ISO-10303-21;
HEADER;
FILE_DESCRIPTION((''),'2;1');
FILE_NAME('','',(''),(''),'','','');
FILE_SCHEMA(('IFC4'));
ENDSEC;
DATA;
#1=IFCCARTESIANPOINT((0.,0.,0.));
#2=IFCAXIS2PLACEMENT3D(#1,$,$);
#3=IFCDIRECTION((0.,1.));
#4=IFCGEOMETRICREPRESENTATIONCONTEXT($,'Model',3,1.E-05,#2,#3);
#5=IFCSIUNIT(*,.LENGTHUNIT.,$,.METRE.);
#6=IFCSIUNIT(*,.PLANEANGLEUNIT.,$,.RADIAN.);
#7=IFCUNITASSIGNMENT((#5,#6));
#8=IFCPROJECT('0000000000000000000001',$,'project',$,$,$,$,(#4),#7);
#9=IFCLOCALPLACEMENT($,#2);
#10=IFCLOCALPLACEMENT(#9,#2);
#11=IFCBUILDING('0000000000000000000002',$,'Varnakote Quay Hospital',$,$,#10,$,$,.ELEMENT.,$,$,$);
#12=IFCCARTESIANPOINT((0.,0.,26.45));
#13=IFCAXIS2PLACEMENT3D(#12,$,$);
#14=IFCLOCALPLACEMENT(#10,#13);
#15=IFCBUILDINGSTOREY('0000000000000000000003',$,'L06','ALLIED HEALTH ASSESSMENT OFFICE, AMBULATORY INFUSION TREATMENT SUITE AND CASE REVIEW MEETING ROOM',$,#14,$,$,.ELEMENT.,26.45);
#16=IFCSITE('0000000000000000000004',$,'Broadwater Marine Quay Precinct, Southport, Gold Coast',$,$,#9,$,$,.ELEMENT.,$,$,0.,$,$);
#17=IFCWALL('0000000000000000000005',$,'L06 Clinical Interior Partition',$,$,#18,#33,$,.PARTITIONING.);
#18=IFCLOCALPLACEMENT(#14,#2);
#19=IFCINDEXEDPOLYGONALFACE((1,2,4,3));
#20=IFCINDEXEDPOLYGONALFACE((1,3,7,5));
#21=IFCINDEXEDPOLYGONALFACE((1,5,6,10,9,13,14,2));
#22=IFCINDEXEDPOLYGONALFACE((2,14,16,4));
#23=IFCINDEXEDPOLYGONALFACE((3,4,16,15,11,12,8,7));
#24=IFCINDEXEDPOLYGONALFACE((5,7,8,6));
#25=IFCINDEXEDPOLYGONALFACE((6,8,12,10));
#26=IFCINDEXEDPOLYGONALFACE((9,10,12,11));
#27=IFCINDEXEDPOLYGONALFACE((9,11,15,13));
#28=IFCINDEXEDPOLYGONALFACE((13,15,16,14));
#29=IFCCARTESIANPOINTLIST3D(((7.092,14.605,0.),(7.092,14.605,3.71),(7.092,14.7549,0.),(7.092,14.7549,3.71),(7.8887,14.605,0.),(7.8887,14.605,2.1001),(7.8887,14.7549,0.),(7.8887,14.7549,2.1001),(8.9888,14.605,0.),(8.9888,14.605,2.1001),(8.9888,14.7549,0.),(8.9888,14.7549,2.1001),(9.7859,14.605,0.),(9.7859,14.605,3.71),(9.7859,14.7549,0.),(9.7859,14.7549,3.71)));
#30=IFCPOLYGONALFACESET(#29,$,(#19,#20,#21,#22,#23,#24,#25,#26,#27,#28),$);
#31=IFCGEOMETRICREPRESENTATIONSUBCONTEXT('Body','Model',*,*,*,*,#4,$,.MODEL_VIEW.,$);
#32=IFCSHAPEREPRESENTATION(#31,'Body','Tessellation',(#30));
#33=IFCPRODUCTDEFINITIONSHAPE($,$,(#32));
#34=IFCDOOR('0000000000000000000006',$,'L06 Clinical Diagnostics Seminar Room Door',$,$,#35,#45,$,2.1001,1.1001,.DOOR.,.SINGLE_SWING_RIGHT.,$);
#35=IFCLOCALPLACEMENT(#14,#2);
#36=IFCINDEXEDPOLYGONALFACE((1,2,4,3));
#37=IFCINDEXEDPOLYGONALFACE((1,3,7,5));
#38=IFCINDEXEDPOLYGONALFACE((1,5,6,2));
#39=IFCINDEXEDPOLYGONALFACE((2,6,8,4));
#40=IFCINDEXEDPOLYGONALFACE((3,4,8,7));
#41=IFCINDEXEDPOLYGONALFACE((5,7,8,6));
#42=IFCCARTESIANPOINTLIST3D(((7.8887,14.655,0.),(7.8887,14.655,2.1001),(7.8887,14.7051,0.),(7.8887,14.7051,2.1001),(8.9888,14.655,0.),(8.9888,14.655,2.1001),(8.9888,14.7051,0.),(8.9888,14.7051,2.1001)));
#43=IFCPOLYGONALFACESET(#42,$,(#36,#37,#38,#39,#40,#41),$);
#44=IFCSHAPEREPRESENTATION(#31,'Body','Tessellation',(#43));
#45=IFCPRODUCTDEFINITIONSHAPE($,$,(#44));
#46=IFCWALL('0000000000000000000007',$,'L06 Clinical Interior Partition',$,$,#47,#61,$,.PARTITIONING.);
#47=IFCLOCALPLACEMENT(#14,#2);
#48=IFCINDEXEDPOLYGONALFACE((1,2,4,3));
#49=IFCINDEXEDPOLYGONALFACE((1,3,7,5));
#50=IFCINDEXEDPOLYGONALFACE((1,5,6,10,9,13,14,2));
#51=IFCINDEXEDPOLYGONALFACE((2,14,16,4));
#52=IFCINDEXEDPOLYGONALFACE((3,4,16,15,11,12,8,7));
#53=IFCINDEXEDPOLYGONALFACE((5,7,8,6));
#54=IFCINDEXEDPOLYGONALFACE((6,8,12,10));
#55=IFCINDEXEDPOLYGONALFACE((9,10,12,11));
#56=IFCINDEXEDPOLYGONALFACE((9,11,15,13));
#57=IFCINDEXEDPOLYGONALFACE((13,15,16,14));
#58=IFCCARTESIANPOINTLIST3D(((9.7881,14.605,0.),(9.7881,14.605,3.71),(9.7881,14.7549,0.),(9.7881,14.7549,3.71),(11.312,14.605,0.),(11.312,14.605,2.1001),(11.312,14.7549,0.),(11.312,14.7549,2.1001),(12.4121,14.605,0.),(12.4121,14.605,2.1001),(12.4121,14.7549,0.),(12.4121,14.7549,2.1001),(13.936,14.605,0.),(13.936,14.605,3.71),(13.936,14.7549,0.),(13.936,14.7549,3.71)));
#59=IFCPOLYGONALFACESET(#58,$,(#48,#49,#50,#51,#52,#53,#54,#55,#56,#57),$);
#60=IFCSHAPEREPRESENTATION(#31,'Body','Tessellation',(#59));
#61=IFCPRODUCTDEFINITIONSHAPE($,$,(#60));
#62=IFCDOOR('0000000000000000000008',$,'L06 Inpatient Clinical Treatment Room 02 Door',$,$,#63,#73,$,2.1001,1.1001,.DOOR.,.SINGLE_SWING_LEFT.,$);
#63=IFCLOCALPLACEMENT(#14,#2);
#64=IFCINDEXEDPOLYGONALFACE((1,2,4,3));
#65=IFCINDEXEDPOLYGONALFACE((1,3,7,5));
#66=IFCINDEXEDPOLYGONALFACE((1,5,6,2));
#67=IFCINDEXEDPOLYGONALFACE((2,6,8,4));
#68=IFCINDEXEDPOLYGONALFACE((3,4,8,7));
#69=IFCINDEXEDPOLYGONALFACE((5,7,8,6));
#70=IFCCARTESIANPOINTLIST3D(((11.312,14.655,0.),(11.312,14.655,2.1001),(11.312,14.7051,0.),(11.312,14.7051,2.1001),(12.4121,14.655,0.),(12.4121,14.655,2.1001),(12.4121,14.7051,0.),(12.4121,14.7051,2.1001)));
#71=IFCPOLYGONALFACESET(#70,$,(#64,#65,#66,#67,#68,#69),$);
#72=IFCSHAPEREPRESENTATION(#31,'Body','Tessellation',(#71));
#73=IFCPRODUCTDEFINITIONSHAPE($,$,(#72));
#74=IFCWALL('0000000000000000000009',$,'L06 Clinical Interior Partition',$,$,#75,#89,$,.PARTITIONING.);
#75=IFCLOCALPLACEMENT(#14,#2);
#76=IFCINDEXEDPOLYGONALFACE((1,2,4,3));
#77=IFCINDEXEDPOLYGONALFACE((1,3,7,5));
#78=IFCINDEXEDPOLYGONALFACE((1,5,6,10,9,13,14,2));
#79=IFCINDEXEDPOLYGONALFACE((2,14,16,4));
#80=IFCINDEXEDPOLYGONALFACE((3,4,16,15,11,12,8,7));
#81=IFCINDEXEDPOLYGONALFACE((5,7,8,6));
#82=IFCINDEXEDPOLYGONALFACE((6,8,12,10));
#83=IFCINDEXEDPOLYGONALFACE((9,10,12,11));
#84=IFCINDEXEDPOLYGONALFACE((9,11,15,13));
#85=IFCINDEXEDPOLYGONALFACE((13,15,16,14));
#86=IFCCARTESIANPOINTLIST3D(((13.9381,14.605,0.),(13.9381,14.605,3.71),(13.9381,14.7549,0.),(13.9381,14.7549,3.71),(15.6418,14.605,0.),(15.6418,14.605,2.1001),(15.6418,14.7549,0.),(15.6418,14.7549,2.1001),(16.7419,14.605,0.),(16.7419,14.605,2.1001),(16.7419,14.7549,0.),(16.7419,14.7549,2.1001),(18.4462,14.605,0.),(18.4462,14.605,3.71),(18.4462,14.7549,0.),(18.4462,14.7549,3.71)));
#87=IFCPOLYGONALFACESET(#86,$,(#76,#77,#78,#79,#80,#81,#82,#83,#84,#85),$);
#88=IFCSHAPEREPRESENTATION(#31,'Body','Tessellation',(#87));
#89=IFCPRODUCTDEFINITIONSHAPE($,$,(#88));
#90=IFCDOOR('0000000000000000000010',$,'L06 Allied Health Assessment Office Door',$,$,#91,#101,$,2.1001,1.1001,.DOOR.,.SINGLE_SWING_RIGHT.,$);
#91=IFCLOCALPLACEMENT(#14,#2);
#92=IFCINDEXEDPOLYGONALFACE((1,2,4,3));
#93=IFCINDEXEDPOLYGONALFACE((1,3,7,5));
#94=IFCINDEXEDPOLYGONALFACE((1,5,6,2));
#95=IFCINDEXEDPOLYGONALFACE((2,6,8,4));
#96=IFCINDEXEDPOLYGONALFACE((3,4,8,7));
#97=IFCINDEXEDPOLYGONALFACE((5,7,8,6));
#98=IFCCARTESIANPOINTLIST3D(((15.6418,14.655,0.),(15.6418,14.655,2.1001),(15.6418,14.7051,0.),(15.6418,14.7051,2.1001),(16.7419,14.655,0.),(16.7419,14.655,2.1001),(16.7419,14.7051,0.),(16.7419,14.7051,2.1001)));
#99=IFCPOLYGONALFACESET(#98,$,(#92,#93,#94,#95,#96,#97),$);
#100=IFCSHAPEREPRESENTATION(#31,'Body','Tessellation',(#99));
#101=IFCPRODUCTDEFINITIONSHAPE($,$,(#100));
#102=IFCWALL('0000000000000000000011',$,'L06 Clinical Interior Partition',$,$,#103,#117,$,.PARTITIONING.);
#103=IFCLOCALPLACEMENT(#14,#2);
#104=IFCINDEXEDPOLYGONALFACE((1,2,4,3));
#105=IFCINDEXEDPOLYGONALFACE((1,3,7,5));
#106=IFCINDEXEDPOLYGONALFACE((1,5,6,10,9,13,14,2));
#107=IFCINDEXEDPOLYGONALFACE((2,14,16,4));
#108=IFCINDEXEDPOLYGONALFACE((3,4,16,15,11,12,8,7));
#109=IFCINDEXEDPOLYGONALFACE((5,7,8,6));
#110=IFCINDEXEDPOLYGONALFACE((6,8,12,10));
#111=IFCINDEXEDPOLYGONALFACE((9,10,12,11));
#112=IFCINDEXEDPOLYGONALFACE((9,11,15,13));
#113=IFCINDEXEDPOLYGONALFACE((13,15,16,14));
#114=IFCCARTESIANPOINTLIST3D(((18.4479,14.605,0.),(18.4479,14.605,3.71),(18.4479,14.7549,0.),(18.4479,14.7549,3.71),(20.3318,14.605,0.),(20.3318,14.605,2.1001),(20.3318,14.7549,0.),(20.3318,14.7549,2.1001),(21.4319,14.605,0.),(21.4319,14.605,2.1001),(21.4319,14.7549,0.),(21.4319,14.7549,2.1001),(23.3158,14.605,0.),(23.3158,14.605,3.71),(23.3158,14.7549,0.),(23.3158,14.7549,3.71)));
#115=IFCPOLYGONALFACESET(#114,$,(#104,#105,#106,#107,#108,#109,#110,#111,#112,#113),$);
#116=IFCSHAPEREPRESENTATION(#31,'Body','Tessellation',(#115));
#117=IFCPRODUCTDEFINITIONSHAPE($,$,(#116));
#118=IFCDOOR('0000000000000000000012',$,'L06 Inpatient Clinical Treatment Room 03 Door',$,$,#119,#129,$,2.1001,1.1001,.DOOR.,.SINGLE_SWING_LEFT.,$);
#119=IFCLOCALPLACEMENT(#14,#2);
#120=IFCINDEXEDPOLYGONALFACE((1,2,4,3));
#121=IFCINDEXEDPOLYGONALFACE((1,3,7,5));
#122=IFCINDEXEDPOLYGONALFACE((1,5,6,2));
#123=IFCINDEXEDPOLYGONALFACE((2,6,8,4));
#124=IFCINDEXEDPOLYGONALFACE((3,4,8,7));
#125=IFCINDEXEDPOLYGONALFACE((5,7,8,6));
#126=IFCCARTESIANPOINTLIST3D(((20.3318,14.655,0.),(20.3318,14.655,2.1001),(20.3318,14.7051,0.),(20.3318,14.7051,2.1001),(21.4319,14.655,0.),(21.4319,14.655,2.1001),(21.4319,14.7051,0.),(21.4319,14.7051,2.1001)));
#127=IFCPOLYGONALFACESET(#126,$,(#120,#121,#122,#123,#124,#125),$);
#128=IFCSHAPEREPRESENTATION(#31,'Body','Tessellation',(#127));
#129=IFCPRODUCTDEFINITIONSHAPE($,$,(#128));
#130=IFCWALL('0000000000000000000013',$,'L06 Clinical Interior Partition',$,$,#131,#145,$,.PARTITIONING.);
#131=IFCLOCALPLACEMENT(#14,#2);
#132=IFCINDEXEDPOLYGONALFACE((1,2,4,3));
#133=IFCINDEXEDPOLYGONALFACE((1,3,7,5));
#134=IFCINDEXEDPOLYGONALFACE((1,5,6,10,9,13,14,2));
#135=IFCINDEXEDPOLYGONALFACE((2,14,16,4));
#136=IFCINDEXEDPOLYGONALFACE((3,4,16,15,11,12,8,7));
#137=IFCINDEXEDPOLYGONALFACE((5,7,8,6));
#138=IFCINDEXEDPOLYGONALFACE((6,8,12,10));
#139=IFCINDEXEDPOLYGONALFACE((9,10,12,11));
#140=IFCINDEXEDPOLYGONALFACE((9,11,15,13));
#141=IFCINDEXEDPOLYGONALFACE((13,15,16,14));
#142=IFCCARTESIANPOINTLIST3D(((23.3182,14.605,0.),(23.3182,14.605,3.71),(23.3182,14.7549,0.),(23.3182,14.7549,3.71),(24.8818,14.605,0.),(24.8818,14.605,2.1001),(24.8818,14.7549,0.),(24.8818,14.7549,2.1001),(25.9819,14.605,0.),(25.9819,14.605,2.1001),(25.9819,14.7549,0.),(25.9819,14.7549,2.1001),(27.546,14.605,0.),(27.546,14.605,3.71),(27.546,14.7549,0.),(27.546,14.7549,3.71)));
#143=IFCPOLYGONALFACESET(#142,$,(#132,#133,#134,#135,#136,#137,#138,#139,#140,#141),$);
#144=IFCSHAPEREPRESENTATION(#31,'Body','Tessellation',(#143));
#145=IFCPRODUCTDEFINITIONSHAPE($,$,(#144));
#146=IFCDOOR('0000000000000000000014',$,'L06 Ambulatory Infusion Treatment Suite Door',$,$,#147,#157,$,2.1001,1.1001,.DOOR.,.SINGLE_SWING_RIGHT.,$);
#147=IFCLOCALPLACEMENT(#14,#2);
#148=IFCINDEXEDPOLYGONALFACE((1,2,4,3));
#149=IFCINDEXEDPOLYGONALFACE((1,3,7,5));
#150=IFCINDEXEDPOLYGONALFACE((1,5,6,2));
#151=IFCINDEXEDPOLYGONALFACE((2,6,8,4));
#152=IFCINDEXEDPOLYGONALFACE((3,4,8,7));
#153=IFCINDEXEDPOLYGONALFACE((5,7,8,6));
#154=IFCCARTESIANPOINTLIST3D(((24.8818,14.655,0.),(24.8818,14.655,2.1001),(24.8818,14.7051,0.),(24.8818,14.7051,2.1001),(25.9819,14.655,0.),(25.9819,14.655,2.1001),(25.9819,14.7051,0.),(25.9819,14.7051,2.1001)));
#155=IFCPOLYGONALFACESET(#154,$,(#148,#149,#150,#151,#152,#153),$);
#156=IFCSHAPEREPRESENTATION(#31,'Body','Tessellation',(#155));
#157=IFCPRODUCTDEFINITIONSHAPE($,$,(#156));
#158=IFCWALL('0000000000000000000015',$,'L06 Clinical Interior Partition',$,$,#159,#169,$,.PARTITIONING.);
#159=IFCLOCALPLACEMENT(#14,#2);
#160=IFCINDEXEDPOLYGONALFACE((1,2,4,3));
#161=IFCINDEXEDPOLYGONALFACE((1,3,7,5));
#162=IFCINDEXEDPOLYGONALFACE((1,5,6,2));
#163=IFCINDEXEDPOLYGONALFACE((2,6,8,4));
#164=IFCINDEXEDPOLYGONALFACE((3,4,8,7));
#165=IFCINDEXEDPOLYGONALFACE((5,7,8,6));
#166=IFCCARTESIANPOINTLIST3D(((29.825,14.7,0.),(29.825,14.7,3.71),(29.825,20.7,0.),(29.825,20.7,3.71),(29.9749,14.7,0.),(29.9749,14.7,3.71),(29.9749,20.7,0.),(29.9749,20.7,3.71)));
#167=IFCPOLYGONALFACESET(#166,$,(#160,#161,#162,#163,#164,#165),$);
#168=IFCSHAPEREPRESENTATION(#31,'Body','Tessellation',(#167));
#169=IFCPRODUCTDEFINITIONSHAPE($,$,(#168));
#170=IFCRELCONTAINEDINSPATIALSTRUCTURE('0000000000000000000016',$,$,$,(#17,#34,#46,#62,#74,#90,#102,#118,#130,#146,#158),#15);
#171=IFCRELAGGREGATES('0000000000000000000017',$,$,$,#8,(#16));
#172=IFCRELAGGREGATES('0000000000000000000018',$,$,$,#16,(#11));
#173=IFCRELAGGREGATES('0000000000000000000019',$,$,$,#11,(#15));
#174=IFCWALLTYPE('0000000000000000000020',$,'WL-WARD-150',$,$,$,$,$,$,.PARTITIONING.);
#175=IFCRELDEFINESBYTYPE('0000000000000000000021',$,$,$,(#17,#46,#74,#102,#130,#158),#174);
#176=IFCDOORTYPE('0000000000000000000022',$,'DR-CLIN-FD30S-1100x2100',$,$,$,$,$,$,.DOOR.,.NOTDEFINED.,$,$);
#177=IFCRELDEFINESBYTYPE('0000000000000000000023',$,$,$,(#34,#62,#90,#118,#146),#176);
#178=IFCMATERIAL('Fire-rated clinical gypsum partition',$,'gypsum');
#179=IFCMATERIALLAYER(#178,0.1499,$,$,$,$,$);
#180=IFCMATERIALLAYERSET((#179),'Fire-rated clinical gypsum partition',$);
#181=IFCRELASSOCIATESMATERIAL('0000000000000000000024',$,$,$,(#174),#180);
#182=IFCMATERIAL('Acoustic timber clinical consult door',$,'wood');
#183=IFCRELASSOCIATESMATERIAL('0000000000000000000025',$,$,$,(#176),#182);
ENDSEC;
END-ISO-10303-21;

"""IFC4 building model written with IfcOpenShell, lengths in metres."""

from ifc_helpers import new_model, si_unit, direction, frame, frame_2d, origin, place, context, subcontext, project, spatial, rectangle, extrude, material, layer, layer_set, type_object, element, fill, save


model = new_model("IFC4")

# Units and contexts
model_context = context("Model", 3, precision=1e-05, world=origin(), true_north=direction((0.0, 1.0)))
body_context = subcontext(model_context, "Body", "Model", "MODEL_VIEW")
ifc_project = project(units=[si_unit("LENGTHUNIT", "METRE"), si_unit("PLANEANGLEUNIT", "RADIAN")], contexts=[model_context])

# Site, building, storey
site_placement = place(None, origin())
site = spatial("IfcSite", under=ifc_project, at=site_placement, Name="Broadwater Marine Quay Precinct, Southport, Gold Coast", CompositionType="ELEMENT", RefElevation=0.0)
building_placement = place(site_placement, origin())
building = spatial("IfcBuilding", under=site, at=building_placement, Name="Varnakote Quay Hospital", CompositionType="ELEMENT")
storey_placement = place(building_placement, frame((0.0, 0.0, 26.45)))
storey = spatial("IfcBuildingStorey", under=building, at=storey_placement, Name="L06", Description="ALLIED HEALTH ASSESSMENT OFFICE, AMBULATORY INFUSION TREATMENT SUITE AND CASE REVIEW MEETING ROOM", CompositionType="ELEMENT", Elevation=26.45)

# Walls, openings, doors
ifc_material_1 = material(Name="Fire-rated clinical gypsum partition", Category="gypsum")
ifc_layer_1 = layer(ifc_material_1, 0.1499)
ifc_layer_set_1 = layer_set([ifc_layer_1], Name="Fire-rated clinical gypsum partition")
wall_type_1 = type_object("IfcWallType", Name="WL-WARD-150", PredefinedType="PARTITIONING", material=ifc_layer_set_1)
wall_1_placement = place(storey_placement, frame((9.7859, 14.6799, 0.0), z_axis=(0.0, 0.0, 1.0), x_axis=(-1.0, 0.0, 0.0)))
wall_1 = element("IfcWall", 1, at=wall_1_placement, inside=storey, type_object=wall_type_1, Name="L06 Clinical Interior Partition", PredefinedType="PARTITIONING", context=body_context, shape_type="SweptSolid", body=[
    extrude(rectangle(XDim=2.6938, YDim=0.1499, at=frame_2d((1.3469, 0.0))), origin(), (0.0, 0.0, 1.0), 3.71),
])
opening_1_placement = place(wall_1_placement, frame((0.7971, 0.0, 0.0)))
opening_1 = element("IfcOpeningElement", 2, at=opening_1_placement, cuts=wall_1, PredefinedType="OPENING", context=body_context, shape_type="SweptSolid", body=[
    extrude(rectangle(XDim=1.1001, YDim=2.1001, at=frame_2d((0.55, 1.05))), frame((0.0, 0.085, 0.0), z_axis=(0.0, -1.0, 0.0), x_axis=(1.0, 0.0, 0.0)), (0.0, 0.0, 1.0), 0.1699),
])
ifc_material_2 = material(Name="Acoustic timber clinical consult door", Category="wood")
door_type_1 = type_object("IfcDoorType", Name="DR-CLIN-FD30S-1100x2100", OperationType="NOTDEFINED", PredefinedType="DOOR", material=ifc_material_2)
door_1_placement = place(opening_1_placement, origin())
door_1 = element("IfcDoor", 3, at=door_1_placement, inside=storey, type_object=door_type_1, Name="L06 Clinical Diagnostics Seminar Room Door", OperationType="SINGLE_SWING_RIGHT", OverallHeight=2.1001, OverallWidth=1.1001, PredefinedType="DOOR", context=body_context, shape_type="SweptSolid", body=[
    extrude(rectangle(XDim=1.1001, YDim=2.1001, at=frame_2d((0.55, 1.05))), frame((0.0, 0.0249, 0.0), z_axis=(0.0, -1.0, 0.0), x_axis=(1.0, 0.0, 0.0)), (0.0, 0.0, 1.0), 0.05),
])
fill(opening_1, door_1)
wall_2_placement = place(storey_placement, frame((13.936, 14.6799, 0.0), z_axis=(0.0, 0.0, 1.0), x_axis=(-1.0, 0.0, 0.0)))
wall_2 = element("IfcWall", 4, at=wall_2_placement, inside=storey, type_object=wall_type_1, Name="L06 Clinical Interior Partition", PredefinedType="PARTITIONING", context=body_context, shape_type="SweptSolid", body=[
    extrude(rectangle(XDim=4.1479, YDim=0.1499, at=frame_2d((2.074, 0.0))), origin(), (0.0, 0.0, 1.0), 3.71),
])
opening_2_placement = place(wall_2_placement, frame((1.5239, 0.0, 0.0)))
opening_2 = element("IfcOpeningElement", 5, at=opening_2_placement, cuts=wall_2, PredefinedType="OPENING", context=body_context, shape_type="SweptSolid", body=[
    extrude(rectangle(XDim=1.1001, YDim=2.1001, at=frame_2d((0.55, 1.05))), frame((0.0, 0.085, 0.0), z_axis=(0.0, -1.0, 0.0), x_axis=(1.0, 0.0, 0.0)), (0.0, 0.0, 1.0), 0.1699),
])
door_2_placement = place(opening_2_placement, origin())
door_2 = element("IfcDoor", 6, at=door_2_placement, inside=storey, type_object=door_type_1, Name="L06 Inpatient Clinical Treatment Room 02 Door", OperationType="SINGLE_SWING_LEFT", OverallHeight=2.1001, OverallWidth=1.1001, PredefinedType="DOOR", context=body_context, shape_type="SweptSolid", body=[
    extrude(rectangle(XDim=1.1001, YDim=2.1001, at=frame_2d((0.55, 1.05))), frame((0.0, 0.0249, 0.0), z_axis=(0.0, -1.0, 0.0), x_axis=(1.0, 0.0, 0.0)), (0.0, 0.0, 1.0), 0.05),
])
fill(opening_2, door_2)
wall_3_placement = place(storey_placement, frame((18.446, 14.6799, 0.0), z_axis=(0.0, 0.0, 1.0), x_axis=(-1.0, 0.0, 0.0)))
wall_3 = element("IfcWall", 7, at=wall_3_placement, inside=storey, type_object=wall_type_1, Name="L06 Clinical Interior Partition", PredefinedType="PARTITIONING", context=body_context, shape_type="SweptSolid", body=[
    extrude(rectangle(XDim=4.5081, YDim=0.1499, at=frame_2d((2.2539, 0.0))), origin(), (0.0, 0.0, 1.0), 3.71),
])
opening_3_placement = place(wall_3_placement, frame((1.7041, 0.0, 0.0)))
opening_3 = element("IfcOpeningElement", 8, at=opening_3_placement, cuts=wall_3, PredefinedType="OPENING", context=body_context, shape_type="SweptSolid", body=[
    extrude(rectangle(XDim=1.1001, YDim=2.1001, at=frame_2d((0.55, 1.05))), frame((0.0, 0.085, 0.0), z_axis=(0.0, -1.0, 0.0), x_axis=(1.0, 0.0, 0.0)), (0.0, 0.0, 1.0), 0.1699),
])
door_3_placement = place(opening_3_placement, origin())
door_3 = element("IfcDoor", 9, at=door_3_placement, inside=storey, type_object=door_type_1, Name="L06 Allied Health Assessment Office Door", OperationType="SINGLE_SWING_RIGHT", OverallHeight=2.1001, OverallWidth=1.1001, PredefinedType="DOOR", context=body_context, shape_type="SweptSolid", body=[
    extrude(rectangle(XDim=1.1001, YDim=2.1001, at=frame_2d((0.55, 1.05))), frame((0.0, 0.0249, 0.0), z_axis=(0.0, -1.0, 0.0), x_axis=(1.0, 0.0, 0.0)), (0.0, 0.0, 1.0), 0.05),
])
fill(opening_3, door_3)
wall_4_placement = place(storey_placement, frame((23.3159, 14.6799, 0.0), z_axis=(0.0, 0.0, 1.0), x_axis=(-1.0, 0.0, 0.0)))
wall_4 = element("IfcWall", 10, at=wall_4_placement, inside=storey, type_object=wall_type_1, Name="L06 Clinical Interior Partition", PredefinedType="PARTITIONING", context=body_context, shape_type="SweptSolid", body=[
    extrude(rectangle(XDim=4.8679, YDim=0.1499, at=frame_2d((2.4341, 0.0))), origin(), (0.0, 0.0, 1.0), 3.71),
])
opening_4_placement = place(wall_4_placement, frame((1.884, 0.0, 0.0)))
opening_4 = element("IfcOpeningElement", 11, at=opening_4_placement, cuts=wall_4, PredefinedType="OPENING", context=body_context, shape_type="SweptSolid", body=[
    extrude(rectangle(XDim=1.1001, YDim=2.1001, at=frame_2d((0.55, 1.05))), frame((0.0, 0.085, 0.0), z_axis=(0.0, -1.0, 0.0), x_axis=(1.0, 0.0, 0.0)), (0.0, 0.0, 1.0), 0.1699),
])
door_4_placement = place(opening_4_placement, origin())
door_4 = element("IfcDoor", 12, at=door_4_placement, inside=storey, type_object=door_type_1, Name="L06 Inpatient Clinical Treatment Room 03 Door", OperationType="SINGLE_SWING_LEFT", OverallHeight=2.1001, OverallWidth=1.1001, PredefinedType="DOOR", context=body_context, shape_type="SweptSolid", body=[
    extrude(rectangle(XDim=1.1001, YDim=2.1001, at=frame_2d((0.55, 1.05))), frame((0.0, 0.0249, 0.0), z_axis=(0.0, -1.0, 0.0), x_axis=(1.0, 0.0, 0.0)), (0.0, 0.0, 1.0), 0.05),
])
fill(opening_4, door_4)
wall_5_placement = place(storey_placement, frame((27.5459, 14.6799, 0.0), z_axis=(0.0, 0.0, 1.0), x_axis=(-1.0, 0.0, 0.0)))
wall_5 = element("IfcWall", 13, at=wall_5_placement, inside=storey, type_object=wall_type_1, Name="L06 Clinical Interior Partition", PredefinedType="PARTITIONING", context=body_context, shape_type="SweptSolid", body=[
    extrude(rectangle(XDim=4.2278, YDim=0.1499, at=frame_2d((2.1138, 0.0))), origin(), (0.0, 0.0, 1.0), 3.71),
])
opening_5_placement = place(wall_5_placement, frame((1.564, 0.0, 0.0)))
opening_5 = element("IfcOpeningElement", 14, at=opening_5_placement, cuts=wall_5, PredefinedType="OPENING", context=body_context, shape_type="SweptSolid", body=[
    extrude(rectangle(XDim=1.1001, YDim=2.1001, at=frame_2d((0.55, 1.05))), frame((0.0, 0.085, 0.0), z_axis=(0.0, -1.0, 0.0), x_axis=(1.0, 0.0, 0.0)), (0.0, 0.0, 1.0), 0.1699),
])
door_5_placement = place(opening_5_placement, origin())
door_5 = element("IfcDoor", 15, at=door_5_placement, inside=storey, type_object=door_type_1, Name="L06 Ambulatory Infusion Treatment Suite Door", OperationType="SINGLE_SWING_RIGHT", OverallHeight=2.1001, OverallWidth=1.1001, PredefinedType="DOOR", context=body_context, shape_type="SweptSolid", body=[
    extrude(rectangle(XDim=1.1001, YDim=2.1001, at=frame_2d((0.55, 1.05))), frame((0.0, 0.0249, 0.0), z_axis=(0.0, -1.0, 0.0), x_axis=(1.0, 0.0, 0.0)), (0.0, 0.0, 1.0), 0.05),
])
fill(opening_5, door_5)

# Wall
wall_6_placement = place(storey_placement, frame((29.8999, 14.7, 0.0), z_axis=(0.0, 0.0, 1.0), x_axis=(0.0, 1.0, 0.0)))
element("IfcWall", 16, at=wall_6_placement, inside=storey, type_object=wall_type_1, Name="L06 Clinical Interior Partition", PredefinedType="PARTITIONING", context=body_context, shape_type="SweptSolid", body=[
    extrude(rectangle(XDim=6.0, YDim=0.1499, at=frame_2d((3.0, 0.0))), origin(), (0.0, 0.0, 1.0), 3.71),
])

save(model, "model.ifc")
